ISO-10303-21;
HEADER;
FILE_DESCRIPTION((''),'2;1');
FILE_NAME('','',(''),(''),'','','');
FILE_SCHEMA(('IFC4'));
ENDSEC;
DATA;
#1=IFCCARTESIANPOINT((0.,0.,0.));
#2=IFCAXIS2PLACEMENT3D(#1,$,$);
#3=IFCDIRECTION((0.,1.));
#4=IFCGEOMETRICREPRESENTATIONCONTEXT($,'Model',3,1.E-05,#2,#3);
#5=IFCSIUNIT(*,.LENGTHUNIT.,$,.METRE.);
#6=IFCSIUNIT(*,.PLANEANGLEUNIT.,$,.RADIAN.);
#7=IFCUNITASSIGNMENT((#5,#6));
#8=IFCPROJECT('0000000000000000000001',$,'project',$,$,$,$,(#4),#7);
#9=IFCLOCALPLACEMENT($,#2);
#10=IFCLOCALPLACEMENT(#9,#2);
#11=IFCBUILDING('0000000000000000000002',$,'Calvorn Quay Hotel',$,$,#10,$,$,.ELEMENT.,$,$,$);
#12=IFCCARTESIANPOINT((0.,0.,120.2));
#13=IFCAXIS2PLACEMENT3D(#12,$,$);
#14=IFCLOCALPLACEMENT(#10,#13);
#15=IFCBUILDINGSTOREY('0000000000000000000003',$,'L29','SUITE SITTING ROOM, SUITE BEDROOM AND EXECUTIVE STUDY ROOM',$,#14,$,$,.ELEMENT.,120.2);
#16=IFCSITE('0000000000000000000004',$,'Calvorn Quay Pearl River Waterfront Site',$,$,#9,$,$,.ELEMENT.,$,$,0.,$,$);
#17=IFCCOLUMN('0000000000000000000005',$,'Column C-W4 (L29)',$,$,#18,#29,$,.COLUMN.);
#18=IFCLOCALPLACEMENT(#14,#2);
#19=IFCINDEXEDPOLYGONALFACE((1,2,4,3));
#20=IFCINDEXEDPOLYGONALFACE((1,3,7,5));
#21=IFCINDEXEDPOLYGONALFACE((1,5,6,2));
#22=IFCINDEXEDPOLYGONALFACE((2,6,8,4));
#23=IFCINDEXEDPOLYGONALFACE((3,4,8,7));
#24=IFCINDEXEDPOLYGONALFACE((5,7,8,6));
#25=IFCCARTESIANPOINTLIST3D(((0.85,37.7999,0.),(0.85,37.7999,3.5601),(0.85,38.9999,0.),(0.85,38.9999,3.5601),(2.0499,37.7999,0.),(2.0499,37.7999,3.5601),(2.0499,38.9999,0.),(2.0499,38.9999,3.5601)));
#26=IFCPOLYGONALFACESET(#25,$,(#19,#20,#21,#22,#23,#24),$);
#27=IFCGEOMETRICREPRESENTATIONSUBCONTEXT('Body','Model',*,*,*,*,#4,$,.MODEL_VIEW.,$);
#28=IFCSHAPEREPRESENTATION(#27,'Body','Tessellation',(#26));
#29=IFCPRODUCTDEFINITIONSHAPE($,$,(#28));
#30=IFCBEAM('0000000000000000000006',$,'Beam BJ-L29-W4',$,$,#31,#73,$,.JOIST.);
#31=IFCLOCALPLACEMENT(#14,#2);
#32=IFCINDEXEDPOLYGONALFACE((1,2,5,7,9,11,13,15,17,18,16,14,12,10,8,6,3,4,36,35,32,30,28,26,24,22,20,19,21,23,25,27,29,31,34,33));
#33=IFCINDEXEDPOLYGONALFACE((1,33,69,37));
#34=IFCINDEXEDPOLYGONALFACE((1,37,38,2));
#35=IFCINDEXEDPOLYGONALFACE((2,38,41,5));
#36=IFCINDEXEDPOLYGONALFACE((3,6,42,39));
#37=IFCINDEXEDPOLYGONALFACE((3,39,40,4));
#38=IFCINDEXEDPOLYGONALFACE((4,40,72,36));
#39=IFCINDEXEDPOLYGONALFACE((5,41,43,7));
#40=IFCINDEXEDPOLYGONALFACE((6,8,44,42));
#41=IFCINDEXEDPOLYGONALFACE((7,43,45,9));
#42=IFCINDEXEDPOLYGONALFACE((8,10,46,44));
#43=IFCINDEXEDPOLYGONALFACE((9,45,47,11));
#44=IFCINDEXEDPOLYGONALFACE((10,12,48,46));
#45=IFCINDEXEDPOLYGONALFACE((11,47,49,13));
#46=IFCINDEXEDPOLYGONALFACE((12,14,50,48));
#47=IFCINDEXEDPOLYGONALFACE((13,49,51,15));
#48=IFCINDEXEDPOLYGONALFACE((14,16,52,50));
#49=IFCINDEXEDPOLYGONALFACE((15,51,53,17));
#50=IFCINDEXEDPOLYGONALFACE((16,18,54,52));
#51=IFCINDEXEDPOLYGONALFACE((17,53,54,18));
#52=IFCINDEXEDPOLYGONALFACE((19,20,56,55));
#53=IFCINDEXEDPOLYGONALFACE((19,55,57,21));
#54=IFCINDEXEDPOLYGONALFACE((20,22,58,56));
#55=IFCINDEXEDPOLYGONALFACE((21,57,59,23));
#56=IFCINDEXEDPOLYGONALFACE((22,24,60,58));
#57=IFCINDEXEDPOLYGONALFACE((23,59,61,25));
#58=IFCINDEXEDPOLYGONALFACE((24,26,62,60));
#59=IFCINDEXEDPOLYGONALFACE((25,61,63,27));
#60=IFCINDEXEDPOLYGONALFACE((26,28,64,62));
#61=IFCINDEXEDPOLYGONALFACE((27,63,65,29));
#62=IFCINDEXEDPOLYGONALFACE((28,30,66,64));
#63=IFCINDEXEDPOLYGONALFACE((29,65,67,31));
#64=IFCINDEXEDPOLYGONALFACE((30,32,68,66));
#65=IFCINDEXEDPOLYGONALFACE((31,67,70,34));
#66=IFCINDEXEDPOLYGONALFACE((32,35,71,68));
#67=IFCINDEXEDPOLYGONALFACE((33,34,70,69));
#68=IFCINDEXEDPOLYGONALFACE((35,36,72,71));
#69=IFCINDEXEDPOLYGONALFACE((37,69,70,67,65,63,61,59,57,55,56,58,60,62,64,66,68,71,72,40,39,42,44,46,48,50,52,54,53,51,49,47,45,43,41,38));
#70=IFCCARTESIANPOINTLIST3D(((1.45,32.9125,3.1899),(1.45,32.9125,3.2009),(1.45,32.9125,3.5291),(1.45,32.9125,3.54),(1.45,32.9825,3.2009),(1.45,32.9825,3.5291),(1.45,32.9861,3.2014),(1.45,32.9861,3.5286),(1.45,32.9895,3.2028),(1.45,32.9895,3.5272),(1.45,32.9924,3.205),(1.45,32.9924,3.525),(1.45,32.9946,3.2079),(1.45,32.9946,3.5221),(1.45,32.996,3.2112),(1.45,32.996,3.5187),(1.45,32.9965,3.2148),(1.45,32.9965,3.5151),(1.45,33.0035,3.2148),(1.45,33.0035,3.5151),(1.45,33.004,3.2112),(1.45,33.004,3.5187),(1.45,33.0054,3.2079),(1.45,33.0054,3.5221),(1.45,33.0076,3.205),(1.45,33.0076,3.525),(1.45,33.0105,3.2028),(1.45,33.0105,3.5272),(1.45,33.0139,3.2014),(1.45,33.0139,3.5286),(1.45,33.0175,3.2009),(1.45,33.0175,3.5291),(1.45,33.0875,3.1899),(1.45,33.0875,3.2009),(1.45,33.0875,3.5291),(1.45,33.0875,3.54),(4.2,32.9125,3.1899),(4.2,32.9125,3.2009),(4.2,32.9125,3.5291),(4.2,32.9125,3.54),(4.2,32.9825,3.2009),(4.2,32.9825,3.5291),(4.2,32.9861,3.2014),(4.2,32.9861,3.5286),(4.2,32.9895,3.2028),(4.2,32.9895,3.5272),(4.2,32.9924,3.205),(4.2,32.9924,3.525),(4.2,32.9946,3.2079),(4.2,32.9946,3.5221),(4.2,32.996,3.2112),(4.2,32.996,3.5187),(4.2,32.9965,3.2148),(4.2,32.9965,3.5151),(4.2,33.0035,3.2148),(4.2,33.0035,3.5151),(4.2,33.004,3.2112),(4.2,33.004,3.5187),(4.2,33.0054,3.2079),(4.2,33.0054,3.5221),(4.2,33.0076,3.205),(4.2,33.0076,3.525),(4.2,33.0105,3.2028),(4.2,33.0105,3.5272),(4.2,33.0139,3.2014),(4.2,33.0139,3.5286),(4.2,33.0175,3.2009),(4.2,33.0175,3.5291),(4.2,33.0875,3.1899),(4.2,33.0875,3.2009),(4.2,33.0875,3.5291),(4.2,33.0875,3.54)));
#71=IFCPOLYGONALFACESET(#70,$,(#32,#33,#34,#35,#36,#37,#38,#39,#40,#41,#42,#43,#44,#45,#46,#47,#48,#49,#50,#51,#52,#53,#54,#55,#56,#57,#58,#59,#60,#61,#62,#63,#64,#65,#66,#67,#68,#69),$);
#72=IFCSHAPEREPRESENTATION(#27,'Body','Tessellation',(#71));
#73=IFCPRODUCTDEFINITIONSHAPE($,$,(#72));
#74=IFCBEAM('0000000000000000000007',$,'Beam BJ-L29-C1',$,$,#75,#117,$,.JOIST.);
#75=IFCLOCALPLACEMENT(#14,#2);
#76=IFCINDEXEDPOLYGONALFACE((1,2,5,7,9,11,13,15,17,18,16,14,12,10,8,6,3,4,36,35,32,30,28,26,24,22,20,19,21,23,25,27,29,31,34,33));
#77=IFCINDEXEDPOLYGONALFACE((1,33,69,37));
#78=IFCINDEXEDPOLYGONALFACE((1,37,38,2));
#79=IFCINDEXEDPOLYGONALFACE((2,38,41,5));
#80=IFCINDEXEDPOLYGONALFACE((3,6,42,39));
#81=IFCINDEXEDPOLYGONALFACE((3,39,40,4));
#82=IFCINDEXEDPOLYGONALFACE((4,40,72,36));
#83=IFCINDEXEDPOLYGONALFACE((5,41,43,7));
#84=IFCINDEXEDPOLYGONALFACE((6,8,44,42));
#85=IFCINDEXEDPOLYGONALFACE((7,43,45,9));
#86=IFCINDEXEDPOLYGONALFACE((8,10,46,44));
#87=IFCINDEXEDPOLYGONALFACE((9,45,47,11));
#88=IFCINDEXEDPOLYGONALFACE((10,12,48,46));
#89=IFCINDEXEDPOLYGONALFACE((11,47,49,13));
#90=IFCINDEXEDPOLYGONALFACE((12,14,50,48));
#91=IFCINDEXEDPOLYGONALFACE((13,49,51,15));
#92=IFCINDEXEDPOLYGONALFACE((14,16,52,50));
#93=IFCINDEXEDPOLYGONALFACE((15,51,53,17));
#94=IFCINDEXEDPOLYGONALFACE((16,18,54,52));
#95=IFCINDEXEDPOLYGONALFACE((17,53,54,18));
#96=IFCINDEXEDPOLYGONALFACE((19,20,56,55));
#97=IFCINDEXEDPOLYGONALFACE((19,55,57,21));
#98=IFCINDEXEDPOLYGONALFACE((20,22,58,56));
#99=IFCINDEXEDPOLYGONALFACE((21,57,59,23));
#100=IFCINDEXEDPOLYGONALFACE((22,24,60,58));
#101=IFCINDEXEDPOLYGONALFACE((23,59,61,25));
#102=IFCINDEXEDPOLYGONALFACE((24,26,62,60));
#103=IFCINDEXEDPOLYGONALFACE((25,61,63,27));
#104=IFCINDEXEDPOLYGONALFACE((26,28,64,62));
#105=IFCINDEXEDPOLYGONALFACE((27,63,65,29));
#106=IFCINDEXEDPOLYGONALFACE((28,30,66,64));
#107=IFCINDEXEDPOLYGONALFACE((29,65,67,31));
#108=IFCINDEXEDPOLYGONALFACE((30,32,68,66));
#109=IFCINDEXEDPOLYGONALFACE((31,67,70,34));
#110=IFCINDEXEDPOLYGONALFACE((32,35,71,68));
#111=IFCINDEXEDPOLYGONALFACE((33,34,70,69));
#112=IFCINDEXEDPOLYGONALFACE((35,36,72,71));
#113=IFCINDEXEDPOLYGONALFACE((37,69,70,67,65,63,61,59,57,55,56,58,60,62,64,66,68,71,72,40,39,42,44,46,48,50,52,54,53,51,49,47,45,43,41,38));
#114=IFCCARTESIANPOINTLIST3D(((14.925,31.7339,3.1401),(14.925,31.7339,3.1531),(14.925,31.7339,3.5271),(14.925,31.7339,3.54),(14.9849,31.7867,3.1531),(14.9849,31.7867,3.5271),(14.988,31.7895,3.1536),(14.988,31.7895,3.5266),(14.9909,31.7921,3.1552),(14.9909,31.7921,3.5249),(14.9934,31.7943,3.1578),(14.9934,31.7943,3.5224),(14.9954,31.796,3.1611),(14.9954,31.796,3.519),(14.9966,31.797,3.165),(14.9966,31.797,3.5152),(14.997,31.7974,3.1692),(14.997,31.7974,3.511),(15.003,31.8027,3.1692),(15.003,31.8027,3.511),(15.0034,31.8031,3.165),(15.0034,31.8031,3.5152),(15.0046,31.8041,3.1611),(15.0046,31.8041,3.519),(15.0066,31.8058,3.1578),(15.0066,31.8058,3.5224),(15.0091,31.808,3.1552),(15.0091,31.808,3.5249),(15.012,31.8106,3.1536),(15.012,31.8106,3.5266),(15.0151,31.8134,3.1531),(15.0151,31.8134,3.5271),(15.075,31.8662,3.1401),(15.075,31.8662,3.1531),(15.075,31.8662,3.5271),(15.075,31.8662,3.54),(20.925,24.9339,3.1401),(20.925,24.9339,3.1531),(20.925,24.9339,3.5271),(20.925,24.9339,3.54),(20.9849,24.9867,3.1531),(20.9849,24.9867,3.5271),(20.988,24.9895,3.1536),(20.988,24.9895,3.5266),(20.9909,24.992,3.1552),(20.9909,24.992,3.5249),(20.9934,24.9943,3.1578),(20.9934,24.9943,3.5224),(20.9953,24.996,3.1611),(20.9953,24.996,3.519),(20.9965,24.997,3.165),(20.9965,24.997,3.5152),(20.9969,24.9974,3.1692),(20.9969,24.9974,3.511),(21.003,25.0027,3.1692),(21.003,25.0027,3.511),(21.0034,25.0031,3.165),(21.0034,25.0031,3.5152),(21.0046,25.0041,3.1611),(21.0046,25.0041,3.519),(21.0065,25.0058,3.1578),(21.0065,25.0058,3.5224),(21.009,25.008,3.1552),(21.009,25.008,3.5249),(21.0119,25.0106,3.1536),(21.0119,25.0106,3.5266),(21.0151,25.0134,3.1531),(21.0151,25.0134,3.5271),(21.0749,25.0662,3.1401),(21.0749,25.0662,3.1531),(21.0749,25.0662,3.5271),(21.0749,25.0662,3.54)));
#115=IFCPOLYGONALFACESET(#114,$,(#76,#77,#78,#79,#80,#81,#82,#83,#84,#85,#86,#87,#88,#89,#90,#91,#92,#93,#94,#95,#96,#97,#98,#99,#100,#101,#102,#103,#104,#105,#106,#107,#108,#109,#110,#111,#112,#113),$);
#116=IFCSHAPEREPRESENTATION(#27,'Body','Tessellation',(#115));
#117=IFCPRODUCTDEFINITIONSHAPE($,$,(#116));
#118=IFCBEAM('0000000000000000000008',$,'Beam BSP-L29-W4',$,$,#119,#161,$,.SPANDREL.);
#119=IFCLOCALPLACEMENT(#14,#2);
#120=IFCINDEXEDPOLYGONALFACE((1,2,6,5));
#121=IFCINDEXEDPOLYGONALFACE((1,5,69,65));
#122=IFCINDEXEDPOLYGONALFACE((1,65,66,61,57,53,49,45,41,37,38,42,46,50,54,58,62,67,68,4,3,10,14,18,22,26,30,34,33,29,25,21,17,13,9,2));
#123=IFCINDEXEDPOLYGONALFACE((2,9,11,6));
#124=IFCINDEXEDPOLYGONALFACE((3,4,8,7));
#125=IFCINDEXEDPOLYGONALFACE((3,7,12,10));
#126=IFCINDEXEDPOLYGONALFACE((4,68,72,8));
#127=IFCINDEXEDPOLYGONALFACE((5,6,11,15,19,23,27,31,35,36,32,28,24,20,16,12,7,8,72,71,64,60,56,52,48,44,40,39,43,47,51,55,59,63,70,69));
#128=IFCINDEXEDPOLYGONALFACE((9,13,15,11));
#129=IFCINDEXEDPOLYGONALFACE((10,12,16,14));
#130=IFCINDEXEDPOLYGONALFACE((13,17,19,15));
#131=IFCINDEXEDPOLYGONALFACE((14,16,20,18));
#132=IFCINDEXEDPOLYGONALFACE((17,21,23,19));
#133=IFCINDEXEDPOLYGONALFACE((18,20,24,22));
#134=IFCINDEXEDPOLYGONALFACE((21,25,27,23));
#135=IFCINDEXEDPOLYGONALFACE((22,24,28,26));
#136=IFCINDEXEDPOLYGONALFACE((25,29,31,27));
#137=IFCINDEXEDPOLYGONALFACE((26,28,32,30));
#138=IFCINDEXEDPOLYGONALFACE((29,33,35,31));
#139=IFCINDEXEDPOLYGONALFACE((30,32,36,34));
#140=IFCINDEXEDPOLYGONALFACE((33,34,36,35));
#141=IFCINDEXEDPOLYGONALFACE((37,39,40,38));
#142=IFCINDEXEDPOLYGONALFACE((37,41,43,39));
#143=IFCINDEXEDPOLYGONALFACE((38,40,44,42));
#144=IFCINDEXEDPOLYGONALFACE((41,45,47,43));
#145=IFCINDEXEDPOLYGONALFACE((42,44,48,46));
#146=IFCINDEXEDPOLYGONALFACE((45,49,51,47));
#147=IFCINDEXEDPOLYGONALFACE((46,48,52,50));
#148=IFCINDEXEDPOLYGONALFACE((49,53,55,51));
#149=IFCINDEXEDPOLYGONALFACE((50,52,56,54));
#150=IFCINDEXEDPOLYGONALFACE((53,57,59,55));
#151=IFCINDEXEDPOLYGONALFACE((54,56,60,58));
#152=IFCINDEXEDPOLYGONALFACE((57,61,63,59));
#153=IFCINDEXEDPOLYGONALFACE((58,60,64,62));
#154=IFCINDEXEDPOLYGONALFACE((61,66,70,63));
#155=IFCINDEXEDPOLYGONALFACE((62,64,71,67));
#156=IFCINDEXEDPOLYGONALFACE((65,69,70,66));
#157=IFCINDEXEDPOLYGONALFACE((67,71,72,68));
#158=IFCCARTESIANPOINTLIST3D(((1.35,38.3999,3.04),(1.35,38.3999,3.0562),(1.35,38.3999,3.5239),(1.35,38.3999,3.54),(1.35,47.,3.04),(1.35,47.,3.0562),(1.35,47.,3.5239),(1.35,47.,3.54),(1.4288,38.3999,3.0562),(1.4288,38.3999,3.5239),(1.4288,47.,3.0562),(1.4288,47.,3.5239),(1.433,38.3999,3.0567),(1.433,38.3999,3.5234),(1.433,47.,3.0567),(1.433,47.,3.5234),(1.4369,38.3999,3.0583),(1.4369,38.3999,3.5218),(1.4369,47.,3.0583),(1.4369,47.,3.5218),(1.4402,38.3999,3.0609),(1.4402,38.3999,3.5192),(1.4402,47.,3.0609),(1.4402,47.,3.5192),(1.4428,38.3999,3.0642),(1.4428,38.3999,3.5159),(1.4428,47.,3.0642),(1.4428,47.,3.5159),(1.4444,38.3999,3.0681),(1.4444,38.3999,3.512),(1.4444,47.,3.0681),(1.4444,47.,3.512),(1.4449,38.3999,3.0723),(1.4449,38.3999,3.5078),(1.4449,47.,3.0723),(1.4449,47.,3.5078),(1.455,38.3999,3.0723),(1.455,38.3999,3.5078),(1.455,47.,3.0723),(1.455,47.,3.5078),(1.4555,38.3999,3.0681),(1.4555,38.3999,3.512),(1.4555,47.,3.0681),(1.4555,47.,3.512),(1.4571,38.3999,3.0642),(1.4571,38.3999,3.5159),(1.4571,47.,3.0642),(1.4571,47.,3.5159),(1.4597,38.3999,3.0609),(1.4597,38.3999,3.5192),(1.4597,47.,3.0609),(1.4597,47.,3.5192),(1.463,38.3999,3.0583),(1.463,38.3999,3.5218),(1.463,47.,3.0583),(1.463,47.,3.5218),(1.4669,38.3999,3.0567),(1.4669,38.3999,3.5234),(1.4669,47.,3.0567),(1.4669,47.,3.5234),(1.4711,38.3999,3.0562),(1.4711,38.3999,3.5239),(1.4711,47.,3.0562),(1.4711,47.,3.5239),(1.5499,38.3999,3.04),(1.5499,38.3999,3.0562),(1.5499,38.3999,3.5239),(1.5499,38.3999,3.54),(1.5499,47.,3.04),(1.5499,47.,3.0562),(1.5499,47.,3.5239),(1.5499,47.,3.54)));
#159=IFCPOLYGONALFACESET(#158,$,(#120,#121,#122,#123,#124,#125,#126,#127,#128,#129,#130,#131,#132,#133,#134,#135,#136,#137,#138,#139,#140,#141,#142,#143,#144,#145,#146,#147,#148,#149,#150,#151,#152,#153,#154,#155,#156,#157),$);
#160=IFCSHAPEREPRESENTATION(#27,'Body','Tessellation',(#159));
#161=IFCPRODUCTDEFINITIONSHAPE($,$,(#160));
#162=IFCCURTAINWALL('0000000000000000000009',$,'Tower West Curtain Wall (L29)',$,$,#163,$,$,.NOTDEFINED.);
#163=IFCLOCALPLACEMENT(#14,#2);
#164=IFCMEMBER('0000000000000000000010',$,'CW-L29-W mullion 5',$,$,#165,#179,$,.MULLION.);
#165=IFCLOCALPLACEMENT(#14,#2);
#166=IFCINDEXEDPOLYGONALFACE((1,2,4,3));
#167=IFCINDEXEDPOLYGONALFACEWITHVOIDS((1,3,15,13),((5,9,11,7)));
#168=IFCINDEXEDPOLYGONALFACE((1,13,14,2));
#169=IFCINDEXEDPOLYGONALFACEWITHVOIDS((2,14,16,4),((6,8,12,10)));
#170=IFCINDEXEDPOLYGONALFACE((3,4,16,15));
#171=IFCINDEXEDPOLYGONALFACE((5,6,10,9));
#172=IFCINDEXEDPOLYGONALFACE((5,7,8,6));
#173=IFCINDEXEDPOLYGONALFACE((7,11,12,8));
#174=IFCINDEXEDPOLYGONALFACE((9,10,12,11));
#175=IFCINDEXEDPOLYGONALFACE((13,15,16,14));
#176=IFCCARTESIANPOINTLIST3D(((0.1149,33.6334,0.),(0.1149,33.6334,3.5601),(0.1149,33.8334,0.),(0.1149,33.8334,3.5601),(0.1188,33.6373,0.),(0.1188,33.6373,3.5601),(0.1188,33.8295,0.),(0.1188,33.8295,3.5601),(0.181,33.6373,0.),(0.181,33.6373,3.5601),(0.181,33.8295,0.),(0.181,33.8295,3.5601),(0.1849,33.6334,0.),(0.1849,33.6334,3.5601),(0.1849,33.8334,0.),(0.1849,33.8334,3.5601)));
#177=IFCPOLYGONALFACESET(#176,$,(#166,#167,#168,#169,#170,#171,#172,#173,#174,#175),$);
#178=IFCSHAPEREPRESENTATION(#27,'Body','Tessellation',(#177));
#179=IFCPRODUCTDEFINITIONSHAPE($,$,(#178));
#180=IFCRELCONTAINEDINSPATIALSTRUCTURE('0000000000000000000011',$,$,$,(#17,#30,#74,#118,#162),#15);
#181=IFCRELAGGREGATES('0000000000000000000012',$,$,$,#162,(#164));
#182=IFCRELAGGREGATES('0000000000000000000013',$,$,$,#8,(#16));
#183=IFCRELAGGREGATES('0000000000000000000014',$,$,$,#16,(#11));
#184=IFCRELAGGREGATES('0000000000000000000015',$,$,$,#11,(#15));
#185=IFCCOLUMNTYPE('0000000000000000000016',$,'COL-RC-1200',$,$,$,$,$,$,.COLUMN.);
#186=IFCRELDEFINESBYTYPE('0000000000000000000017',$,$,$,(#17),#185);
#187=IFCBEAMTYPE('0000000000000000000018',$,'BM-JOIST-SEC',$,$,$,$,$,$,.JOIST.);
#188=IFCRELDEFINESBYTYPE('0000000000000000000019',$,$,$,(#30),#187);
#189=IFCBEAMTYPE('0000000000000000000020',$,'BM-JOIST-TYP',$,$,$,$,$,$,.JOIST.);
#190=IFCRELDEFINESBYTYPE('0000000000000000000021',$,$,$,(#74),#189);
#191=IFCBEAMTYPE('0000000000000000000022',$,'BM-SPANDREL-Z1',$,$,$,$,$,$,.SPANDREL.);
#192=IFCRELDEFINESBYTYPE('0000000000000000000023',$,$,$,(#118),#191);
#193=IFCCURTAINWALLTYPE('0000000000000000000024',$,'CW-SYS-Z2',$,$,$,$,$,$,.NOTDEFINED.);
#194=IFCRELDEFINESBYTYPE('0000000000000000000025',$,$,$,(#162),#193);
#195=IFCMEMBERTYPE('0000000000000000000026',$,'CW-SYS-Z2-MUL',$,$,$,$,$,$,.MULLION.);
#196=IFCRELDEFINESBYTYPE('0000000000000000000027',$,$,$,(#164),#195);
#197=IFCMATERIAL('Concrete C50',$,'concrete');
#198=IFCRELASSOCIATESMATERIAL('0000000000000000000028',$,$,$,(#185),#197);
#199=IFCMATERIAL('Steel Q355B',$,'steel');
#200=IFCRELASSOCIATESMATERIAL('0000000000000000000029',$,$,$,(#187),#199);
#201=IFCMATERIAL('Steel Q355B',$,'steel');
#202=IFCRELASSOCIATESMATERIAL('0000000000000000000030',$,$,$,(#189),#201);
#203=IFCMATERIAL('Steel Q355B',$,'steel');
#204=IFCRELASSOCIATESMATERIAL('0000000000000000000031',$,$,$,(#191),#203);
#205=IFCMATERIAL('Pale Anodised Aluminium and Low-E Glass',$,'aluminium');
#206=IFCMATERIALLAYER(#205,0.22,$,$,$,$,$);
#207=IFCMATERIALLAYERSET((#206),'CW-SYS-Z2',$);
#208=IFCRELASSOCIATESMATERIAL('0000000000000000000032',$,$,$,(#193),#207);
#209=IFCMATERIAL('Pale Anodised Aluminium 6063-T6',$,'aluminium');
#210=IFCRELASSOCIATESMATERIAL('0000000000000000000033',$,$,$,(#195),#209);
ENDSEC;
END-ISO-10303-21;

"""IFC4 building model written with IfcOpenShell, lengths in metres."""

from ifc_helpers import new_model, si_unit, direction, frame, origin, origin_2d, place, context, subcontext, project, spatial, rectangle, hollow_rectangle, i_section, extrude, material, layer, layer_set, material_profile, profile_set, type_object, element, aggregate, save


model = new_model("IFC4")

# Units and contexts
model_context = context("Model", 3, precision=1e-05, world=origin(), true_north=direction((0.0, 1.0)))
body_context = subcontext(model_context, "Body", "Model", "MODEL_VIEW")
ifc_project = project(units=[si_unit("LENGTHUNIT", "METRE"), si_unit("PLANEANGLEUNIT", "RADIAN")], contexts=[model_context])

# Site, building, storey
site_placement = place(None, origin())
site = spatial("IfcSite", under=ifc_project, at=site_placement, Name="Calvorn Quay Pearl River Waterfront Site", CompositionType="ELEMENT", RefElevation=0.0)
building_placement = place(site_placement, origin())
building = spatial("IfcBuilding", under=site, at=building_placement, Name="Calvorn Quay Hotel", CompositionType="ELEMENT")
storey_placement = place(building_placement, frame((0.0, 0.0, 120.2)))
storey = spatial("IfcBuildingStorey", under=building, at=storey_placement, Name="L29", Description="SUITE SITTING ROOM, SUITE BEDROOM AND EXECUTIVE STUDY ROOM", CompositionType="ELEMENT", Elevation=120.2)

# Column
ifc_material_1 = material(Name="Concrete C50", Category="concrete")
ifc_material_profile_1 = material_profile(ifc_material_1, rectangle(XDim=1.2, YDim=1.2, at=origin_2d()), Name="RC1200x1200")
ifc_profile_set_1 = profile_set([ifc_material_profile_1], Name="Concrete C50")
column_type = type_object("IfcColumnType", Name="COL-RC-1200", PredefinedType="COLUMN", material=ifc_profile_set_1)
column_placement = place(storey_placement, frame((1.45, 38.3999, 0.0), z_axis=(0.0, 0.0, 1.0), x_axis=(1.0, 0.0, 0.0)))
element("IfcColumn", 1, at=column_placement, inside=storey, type_object=column_type, Name="Column C-W4 (L29)", PredefinedType="COLUMN", context=body_context, shape_type="SweptSolid", body=[
    extrude(rectangle(XDim=1.2, YDim=1.2, at=origin_2d()), origin(), (0.0, 0.0, 1.0), 3.5601),
])

# Beams
ifc_material_2 = material(Name="Steel Q355B", Category="steel")
ifc_material_profile_2 = material_profile(ifc_material_2, i_section(OverallWidth=0.175, OverallDepth=0.3501, WebThickness=0.0071, FlangeThickness=0.011, FilletRadius=0.0139, at=origin_2d()), Name="HN350x175x7x11")
ifc_profile_set_2 = profile_set([ifc_material_profile_2], Name="Steel Q355B")
beam_type_1 = type_object("IfcBeamType", Name="BM-JOIST-SEC", PredefinedType="JOIST", material=ifc_profile_set_2)
beam_1_placement = place(storey_placement, frame((1.45, 33.0, 3.365), z_axis=(1.0, 0.0, 0.0), x_axis=(0.0, 1.0, 0.0)))
element("IfcBeam", 2, at=beam_1_placement, inside=storey, type_object=beam_type_1, Name="Beam BJ-L29-W4", PredefinedType="JOIST", context=body_context, shape_type="SweptSolid", body=[
    extrude(i_section(OverallWidth=0.175, OverallDepth=0.3501, WebThickness=0.0071, FlangeThickness=0.011, FilletRadius=0.0139, at=origin_2d()), origin(), (0.0, 0.0, 1.0), 2.75),
])
ifc_material_3 = material(Name="Steel Q355B", Category="steel")
ifc_material_profile_3 = material_profile(ifc_material_3, i_section(OverallWidth=0.2, OverallDepth=0.3999, WebThickness=0.0081, FlangeThickness=0.0129, FilletRadius=0.0161, at=origin_2d()), Name="HN400x200x8x13")
ifc_profile_set_3 = profile_set([ifc_material_profile_3], Name="Steel Q355B")
beam_type_2 = type_object("IfcBeamType", Name="BM-JOIST-TYP", PredefinedType="JOIST", material=ifc_profile_set_3)
beam_2_placement = place(storey_placement, frame((15.0, 31.8, 3.3401), z_axis=(0.661619, -0.74984, 0.0), x_axis=(0.74984, 0.661619, 0.0)))
element("IfcBeam", 3, at=beam_2_placement, inside=storey, type_object=beam_type_2, Name="Beam BJ-L29-C1", PredefinedType="JOIST", context=body_context, shape_type="SweptSolid", body=[
    extrude(i_section(OverallWidth=0.2, OverallDepth=0.3999, WebThickness=0.0081, FlangeThickness=0.0129, FilletRadius=0.0161, at=origin_2d()), origin(), (0.0, 0.0, 1.0), 9.0686),
])
ifc_material_4 = material(Name="Steel Q355B", Category="steel")
ifc_material_profile_4 = material_profile(ifc_material_4, i_section(OverallWidth=0.2, OverallDepth=0.5, WebThickness=0.01, FlangeThickness=0.0161, FilletRadius=0.0161, at=origin_2d()), Name="HN500x200x10x16")
ifc_profile_set_4 = profile_set([ifc_material_profile_4], Name="Steel Q355B")
beam_type_3 = type_object("IfcBeamType", Name="BM-SPANDREL-Z1", PredefinedType="SPANDREL", material=ifc_profile_set_4)
beam_3_placement = place(storey_placement, frame((1.45, 38.3999, 3.29), z_axis=(0.0, 1.0, 0.0), x_axis=(-1.0, 0.0, 0.0)))
element("IfcBeam", 4, at=beam_3_placement, inside=storey, type_object=beam_type_3, Name="Beam BSP-L29-W4", PredefinedType="SPANDREL", context=body_context, shape_type="SweptSolid", body=[
    extrude(i_section(OverallWidth=0.2, OverallDepth=0.5, WebThickness=0.01, FlangeThickness=0.0161, FilletRadius=0.0161, at=origin_2d()), origin(), (0.0, 0.0, 1.0), 8.6001),
])

# Curtain wall, member
ifc_material_5 = material(Name="Pale Anodised Aluminium and Low-E Glass", Category="aluminium")
ifc_layer_1 = layer(ifc_material_5, 0.22)
ifc_layer_set_1 = layer_set([ifc_layer_1], Name="CW-SYS-Z2")
curtain_wall_type = type_object("IfcCurtainWallType", Name="CW-SYS-Z2", PredefinedType="NOTDEFINED", material=ifc_layer_set_1)
curtain_wall_placement = place(storey_placement, origin())
curtain_wall = element("IfcCurtainWall", 5, at=curtain_wall_placement, inside=storey, type_object=curtain_wall_type, Name="Tower West Curtain Wall (L29)", PredefinedType="NOTDEFINED")
ifc_material_6 = material(Name="Pale Anodised Aluminium 6063-T6", Category="aluminium")
ifc_material_profile_5 = material_profile(ifc_material_6, hollow_rectangle(XDim=0.0701, YDim=0.2, WallThickness=0.0039, at=origin_2d()), Name="ALU-M200x70x4")
ifc_profile_set_5 = profile_set([ifc_material_profile_5], Name="Pale Anodised Aluminium 6063-T6")
member_type_1 = type_object("IfcMemberType", Name="CW-SYS-Z2-MUL", PredefinedType="MULLION", material=ifc_profile_set_5)
member_1_placement = place(storey_placement, frame((0.1499, 33.7334, 0.0), z_axis=(0.0, 0.0, 1.0), x_axis=(-1.0, 0.0, 0.0)))
member_1 = element("IfcMember", 6, at=member_1_placement, type_object=member_type_1, Name="CW-L29-W mullion 5", PredefinedType="MULLION", context=body_context, shape_type="SweptSolid", body=[
    extrude(hollow_rectangle(XDim=0.0701, YDim=0.2, WallThickness=0.0039, at=origin_2d()), origin(), (0.0, 0.0, 1.0), 3.5601),
])
aggregate(curtain_wall, [member_1])

save(model, "model.ifc")
